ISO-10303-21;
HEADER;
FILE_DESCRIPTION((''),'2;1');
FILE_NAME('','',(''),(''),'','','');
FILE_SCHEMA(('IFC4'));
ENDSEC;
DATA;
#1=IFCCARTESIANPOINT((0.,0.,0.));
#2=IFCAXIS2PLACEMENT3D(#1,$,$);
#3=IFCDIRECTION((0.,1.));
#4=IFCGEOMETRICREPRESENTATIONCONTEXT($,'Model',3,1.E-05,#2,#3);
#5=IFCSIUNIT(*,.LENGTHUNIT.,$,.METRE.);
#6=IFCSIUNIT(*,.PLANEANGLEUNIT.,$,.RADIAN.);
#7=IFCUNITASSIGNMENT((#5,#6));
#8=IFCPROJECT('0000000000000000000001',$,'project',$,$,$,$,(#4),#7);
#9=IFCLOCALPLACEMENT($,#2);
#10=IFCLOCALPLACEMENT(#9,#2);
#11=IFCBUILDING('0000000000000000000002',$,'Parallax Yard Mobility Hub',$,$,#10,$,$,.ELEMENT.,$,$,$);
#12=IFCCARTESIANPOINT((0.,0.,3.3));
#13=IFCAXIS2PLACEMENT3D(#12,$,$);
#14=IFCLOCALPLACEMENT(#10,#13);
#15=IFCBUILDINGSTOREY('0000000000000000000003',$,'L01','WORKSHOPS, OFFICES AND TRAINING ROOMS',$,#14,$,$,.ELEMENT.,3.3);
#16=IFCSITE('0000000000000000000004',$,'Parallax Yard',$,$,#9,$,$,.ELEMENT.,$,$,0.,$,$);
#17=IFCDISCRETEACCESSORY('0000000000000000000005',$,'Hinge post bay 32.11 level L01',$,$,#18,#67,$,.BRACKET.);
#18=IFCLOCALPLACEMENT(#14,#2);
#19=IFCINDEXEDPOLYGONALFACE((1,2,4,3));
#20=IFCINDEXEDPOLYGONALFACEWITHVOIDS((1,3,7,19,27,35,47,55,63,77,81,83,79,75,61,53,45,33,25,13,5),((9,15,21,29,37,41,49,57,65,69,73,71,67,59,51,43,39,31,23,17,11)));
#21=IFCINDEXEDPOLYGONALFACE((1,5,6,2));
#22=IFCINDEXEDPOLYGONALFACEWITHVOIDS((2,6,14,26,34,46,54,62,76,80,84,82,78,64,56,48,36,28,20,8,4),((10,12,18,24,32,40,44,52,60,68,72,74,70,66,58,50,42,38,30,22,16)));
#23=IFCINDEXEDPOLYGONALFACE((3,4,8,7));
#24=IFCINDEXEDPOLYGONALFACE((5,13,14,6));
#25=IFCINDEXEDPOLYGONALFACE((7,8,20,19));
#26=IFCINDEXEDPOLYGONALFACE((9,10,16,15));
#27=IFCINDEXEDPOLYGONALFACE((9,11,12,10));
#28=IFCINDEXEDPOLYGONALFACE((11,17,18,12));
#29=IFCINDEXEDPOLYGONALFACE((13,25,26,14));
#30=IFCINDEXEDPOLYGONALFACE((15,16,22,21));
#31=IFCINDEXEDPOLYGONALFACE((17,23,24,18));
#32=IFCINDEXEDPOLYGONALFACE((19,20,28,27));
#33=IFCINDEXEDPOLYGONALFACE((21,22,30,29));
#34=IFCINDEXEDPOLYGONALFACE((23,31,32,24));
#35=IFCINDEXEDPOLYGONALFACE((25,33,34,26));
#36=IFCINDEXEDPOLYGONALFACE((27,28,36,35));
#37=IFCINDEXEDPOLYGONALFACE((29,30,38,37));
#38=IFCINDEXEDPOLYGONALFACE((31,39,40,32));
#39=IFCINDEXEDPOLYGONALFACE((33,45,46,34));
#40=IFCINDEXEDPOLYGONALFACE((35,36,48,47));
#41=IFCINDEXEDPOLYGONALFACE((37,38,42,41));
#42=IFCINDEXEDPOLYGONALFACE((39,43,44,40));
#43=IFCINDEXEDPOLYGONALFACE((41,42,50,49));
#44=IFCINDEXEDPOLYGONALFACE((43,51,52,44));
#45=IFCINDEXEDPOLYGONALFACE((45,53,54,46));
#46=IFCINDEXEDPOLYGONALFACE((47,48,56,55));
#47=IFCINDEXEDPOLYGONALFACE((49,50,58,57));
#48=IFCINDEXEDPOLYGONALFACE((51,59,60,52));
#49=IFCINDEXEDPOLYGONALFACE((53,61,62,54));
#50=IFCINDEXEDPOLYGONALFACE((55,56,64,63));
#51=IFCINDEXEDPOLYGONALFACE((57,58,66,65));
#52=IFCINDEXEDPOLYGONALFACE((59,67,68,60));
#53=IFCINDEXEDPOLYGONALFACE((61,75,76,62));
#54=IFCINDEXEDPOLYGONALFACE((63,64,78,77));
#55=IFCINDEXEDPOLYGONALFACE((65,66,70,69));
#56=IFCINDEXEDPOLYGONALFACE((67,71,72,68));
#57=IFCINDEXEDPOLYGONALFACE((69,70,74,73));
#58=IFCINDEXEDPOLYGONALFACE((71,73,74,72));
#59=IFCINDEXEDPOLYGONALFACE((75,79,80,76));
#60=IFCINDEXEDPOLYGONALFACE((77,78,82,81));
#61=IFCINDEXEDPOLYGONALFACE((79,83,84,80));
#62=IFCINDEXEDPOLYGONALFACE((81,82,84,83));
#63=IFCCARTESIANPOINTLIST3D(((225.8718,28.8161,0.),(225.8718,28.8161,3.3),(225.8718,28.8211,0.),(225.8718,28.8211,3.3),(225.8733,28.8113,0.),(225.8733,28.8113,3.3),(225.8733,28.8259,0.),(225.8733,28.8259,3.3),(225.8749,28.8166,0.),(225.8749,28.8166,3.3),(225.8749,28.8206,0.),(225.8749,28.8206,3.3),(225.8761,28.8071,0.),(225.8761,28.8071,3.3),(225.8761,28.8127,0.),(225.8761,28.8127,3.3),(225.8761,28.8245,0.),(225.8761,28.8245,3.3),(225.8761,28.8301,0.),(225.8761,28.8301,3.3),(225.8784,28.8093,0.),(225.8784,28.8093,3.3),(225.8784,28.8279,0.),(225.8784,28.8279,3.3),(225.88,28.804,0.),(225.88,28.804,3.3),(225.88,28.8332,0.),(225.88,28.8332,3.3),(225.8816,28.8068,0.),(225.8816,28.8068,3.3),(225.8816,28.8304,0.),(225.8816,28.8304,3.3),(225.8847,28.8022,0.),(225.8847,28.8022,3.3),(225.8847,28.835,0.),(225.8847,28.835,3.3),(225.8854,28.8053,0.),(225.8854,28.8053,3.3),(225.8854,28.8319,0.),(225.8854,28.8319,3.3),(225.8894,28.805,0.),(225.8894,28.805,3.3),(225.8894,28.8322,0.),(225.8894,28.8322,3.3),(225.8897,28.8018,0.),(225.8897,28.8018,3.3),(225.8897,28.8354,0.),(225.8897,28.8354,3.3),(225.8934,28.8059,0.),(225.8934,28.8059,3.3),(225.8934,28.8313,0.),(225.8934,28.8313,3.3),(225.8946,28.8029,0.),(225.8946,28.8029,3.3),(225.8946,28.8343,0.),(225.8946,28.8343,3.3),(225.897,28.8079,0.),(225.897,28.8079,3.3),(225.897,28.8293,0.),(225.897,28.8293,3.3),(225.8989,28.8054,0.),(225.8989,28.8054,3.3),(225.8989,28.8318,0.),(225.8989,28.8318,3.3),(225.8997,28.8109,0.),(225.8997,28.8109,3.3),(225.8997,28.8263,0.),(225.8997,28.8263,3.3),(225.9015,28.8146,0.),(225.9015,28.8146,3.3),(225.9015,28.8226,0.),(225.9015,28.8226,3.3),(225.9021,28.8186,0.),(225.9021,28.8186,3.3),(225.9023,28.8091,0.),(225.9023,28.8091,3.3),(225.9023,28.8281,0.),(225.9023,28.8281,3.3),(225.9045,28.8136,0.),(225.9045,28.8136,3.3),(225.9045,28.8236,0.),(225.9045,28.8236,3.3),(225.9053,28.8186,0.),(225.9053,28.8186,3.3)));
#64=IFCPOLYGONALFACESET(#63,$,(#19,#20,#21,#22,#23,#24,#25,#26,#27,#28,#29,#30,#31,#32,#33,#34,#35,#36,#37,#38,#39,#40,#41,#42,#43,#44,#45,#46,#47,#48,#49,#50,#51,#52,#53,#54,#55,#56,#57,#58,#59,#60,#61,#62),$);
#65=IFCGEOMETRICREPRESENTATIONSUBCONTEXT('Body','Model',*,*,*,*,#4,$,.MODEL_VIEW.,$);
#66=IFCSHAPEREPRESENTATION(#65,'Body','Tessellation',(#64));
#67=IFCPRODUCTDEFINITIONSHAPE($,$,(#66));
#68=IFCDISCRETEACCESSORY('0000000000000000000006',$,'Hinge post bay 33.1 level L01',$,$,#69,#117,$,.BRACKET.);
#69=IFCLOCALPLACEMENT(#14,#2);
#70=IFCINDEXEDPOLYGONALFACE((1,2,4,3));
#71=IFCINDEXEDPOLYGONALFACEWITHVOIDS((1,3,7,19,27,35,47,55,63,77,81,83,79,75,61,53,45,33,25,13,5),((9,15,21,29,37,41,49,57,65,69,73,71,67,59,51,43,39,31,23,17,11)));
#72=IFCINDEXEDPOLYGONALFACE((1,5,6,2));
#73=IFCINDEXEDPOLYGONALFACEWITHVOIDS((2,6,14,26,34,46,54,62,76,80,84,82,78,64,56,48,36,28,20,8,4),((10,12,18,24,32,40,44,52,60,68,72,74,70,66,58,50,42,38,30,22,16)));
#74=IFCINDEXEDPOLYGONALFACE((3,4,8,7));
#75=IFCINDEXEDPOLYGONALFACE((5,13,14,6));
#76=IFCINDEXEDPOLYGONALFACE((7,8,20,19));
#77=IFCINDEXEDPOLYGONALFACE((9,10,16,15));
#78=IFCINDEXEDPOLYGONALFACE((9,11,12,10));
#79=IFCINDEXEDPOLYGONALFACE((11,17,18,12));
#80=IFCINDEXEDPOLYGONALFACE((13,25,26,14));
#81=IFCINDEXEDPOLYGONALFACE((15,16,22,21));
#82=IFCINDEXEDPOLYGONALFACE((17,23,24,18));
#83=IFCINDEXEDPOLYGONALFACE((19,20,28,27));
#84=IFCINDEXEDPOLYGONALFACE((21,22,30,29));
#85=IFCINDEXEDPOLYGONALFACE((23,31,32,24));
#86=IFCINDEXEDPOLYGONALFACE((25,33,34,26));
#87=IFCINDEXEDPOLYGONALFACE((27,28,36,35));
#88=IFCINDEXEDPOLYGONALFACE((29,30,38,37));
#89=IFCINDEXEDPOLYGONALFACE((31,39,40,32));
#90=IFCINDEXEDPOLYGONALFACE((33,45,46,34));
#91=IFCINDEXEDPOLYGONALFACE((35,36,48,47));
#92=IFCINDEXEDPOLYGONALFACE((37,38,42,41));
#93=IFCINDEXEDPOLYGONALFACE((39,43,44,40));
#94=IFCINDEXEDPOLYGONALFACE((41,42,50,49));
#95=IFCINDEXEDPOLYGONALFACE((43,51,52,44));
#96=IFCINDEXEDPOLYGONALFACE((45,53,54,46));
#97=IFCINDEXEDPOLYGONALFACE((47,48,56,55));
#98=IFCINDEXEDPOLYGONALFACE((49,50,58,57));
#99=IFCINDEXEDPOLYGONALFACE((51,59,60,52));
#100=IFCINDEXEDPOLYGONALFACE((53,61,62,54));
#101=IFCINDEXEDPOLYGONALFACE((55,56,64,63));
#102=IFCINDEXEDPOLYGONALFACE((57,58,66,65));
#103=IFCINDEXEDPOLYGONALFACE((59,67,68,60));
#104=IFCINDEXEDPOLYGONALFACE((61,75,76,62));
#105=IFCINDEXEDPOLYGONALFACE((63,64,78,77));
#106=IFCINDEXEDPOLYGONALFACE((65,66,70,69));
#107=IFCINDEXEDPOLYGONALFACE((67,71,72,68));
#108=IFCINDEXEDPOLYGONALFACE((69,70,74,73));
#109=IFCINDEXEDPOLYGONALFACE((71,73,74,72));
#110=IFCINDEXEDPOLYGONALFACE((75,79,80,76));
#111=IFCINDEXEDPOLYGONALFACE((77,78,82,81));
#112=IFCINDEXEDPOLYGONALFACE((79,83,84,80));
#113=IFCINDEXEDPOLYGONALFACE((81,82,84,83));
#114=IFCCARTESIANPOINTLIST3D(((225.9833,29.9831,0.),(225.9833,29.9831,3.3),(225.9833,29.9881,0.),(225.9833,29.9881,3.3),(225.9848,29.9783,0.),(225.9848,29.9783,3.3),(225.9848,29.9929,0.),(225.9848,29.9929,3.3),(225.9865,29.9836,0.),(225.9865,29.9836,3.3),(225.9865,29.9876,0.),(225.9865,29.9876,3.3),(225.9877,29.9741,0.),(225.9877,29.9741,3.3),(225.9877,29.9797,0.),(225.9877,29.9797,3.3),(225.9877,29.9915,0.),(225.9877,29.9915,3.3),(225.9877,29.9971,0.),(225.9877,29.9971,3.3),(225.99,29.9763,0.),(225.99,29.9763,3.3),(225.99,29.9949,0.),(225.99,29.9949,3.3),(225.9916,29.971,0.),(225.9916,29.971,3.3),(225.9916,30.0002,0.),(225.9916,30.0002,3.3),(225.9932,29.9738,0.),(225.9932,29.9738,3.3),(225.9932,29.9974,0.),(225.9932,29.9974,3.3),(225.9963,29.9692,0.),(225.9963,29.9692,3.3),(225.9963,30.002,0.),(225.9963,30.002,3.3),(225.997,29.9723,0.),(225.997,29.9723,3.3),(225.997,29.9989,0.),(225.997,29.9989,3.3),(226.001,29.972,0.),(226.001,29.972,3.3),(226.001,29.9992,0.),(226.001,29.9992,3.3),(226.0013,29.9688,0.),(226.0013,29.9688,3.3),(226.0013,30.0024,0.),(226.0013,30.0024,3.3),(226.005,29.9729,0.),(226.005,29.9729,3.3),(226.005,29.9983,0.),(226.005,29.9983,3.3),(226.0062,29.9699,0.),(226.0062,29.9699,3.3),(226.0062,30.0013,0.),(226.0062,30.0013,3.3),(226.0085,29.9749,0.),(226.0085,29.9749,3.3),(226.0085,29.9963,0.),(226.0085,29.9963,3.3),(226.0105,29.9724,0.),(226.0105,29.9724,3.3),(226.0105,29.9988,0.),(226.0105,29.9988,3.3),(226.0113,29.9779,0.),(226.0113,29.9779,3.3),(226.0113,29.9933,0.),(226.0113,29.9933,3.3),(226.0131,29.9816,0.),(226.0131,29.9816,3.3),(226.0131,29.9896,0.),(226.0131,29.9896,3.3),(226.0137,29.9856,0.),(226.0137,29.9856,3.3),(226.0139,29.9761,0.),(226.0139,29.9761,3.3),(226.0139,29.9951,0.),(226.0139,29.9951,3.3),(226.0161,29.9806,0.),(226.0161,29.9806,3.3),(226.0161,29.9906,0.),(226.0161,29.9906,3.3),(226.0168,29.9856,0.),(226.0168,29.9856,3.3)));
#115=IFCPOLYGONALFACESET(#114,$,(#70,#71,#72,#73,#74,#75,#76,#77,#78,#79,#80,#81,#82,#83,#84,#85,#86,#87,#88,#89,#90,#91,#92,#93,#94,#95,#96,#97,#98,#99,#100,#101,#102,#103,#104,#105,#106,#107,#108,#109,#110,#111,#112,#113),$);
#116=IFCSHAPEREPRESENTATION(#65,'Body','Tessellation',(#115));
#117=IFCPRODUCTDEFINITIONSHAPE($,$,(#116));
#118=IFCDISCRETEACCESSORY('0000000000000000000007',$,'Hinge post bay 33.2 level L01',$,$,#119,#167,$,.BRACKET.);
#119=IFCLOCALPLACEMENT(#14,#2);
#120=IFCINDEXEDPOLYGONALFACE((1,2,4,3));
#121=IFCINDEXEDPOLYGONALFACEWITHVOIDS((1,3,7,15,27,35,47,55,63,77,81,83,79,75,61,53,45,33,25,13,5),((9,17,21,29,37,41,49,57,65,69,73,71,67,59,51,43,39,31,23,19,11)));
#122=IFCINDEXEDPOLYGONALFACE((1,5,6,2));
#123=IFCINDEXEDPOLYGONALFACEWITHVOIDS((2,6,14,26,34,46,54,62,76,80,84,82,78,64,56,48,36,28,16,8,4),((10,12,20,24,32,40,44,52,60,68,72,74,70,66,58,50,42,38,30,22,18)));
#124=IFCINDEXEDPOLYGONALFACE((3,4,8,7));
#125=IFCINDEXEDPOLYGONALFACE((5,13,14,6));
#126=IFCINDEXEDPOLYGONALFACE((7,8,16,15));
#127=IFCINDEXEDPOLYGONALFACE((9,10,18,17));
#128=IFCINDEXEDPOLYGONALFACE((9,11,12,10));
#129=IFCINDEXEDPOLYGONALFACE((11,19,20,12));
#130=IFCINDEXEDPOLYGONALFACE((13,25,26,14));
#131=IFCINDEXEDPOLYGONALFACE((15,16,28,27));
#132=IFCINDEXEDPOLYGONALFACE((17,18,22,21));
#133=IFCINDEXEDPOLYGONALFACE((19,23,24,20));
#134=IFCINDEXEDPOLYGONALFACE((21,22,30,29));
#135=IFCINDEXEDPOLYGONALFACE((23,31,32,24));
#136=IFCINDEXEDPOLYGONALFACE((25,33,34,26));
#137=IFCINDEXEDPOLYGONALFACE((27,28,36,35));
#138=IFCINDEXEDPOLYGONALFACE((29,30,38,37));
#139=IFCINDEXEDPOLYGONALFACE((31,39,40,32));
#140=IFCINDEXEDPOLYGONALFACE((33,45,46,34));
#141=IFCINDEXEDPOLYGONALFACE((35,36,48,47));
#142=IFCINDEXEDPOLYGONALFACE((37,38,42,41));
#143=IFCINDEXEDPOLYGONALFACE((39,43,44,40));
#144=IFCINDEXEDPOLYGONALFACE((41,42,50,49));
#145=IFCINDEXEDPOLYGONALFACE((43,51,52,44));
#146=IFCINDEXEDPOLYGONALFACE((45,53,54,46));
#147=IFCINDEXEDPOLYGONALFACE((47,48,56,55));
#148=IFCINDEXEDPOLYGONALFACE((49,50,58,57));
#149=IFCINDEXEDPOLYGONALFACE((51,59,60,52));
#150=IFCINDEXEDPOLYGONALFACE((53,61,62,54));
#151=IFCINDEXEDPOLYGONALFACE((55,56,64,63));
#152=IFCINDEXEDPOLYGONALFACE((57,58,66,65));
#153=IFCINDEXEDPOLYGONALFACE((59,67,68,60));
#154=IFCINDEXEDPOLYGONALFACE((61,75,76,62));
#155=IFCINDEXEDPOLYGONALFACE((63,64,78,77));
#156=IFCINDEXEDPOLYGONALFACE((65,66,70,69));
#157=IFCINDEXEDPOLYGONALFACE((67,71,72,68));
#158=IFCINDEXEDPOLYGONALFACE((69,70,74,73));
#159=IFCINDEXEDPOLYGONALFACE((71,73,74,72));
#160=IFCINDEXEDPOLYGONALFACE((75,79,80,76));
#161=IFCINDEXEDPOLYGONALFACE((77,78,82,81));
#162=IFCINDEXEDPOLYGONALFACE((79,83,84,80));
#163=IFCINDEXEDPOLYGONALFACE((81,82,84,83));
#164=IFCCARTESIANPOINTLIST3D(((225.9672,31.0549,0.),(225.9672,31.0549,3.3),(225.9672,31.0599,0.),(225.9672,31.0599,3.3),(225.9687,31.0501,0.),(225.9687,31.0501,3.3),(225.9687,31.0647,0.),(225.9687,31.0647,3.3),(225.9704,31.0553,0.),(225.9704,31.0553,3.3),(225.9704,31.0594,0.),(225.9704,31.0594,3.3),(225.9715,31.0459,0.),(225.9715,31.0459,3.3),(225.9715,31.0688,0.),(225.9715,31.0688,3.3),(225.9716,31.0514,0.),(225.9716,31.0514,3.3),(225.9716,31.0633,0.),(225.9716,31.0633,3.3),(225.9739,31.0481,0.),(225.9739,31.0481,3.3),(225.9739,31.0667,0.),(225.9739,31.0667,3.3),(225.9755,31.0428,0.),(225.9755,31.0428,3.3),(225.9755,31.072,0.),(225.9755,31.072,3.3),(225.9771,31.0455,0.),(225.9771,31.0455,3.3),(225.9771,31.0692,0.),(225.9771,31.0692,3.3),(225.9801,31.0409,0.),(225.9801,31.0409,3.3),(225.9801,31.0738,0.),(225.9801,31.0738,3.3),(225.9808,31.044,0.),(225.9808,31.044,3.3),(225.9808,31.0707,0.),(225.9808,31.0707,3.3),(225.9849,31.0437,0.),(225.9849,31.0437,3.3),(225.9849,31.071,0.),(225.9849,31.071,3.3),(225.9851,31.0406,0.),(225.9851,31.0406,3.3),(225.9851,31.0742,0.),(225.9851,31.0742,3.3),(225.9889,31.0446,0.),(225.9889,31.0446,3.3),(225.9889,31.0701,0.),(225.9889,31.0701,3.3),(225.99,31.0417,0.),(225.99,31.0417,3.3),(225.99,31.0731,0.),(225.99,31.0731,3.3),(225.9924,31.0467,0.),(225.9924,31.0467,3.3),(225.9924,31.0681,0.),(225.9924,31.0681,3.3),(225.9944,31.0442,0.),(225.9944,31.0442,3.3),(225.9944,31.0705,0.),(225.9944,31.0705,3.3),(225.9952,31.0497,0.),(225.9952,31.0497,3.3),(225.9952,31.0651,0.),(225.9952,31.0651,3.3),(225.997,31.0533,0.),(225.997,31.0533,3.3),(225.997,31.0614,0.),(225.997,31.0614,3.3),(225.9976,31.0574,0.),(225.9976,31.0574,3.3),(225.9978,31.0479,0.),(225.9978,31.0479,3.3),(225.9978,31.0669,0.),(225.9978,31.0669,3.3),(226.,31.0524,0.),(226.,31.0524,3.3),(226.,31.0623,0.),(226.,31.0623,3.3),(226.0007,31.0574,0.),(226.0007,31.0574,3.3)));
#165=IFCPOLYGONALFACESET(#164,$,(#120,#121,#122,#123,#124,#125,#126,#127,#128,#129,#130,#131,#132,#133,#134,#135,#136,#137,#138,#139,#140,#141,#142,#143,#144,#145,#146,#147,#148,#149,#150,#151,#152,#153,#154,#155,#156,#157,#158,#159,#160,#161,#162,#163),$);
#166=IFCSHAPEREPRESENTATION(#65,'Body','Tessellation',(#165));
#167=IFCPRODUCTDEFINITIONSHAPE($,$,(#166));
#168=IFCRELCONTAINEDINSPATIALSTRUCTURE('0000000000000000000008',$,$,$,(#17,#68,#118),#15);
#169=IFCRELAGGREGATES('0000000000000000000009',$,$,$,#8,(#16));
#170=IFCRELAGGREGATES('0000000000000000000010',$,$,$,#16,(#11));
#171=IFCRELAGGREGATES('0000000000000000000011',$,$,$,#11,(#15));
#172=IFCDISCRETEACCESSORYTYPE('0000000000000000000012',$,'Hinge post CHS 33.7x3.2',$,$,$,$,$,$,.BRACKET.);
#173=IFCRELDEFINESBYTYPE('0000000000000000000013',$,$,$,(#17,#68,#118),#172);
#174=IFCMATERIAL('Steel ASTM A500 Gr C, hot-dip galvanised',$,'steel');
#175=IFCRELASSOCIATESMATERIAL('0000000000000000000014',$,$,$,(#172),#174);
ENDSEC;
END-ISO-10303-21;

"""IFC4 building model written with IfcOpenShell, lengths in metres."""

from ifc_helpers import new_model, si_unit, direction, frame, origin, origin_2d, place, context, subcontext, project, spatial, hollow_circle, extrude, material, material_profile, profile_set, type_object, element, save


model = new_model("IFC4")

# Units and contexts
model_context = context("Model", 3, precision=1e-05, world=origin(), true_north=direction((0.0, 1.0)))
body_context = subcontext(model_context, "Body", "Model", "MODEL_VIEW")
ifc_project = project(units=[si_unit("LENGTHUNIT", "METRE"), si_unit("PLANEANGLEUNIT", "RADIAN")], contexts=[model_context])

# Site, building, storey
site_placement = place(None, origin())
site = spatial("IfcSite", under=ifc_project, at=site_placement, Name="Parallax Yard", CompositionType="ELEMENT", RefElevation=0.0)
building_placement = place(site_placement, origin())
building = spatial("IfcBuilding", under=site, at=building_placement, Name="Parallax Yard Mobility Hub", CompositionType="ELEMENT")
storey_placement = place(building_placement, frame((0.0, 0.0, 3.3)))
storey = spatial("IfcBuildingStorey", under=building, at=storey_placement, Name="L01", Description="WORKSHOPS, OFFICES AND TRAINING ROOMS", CompositionType="ELEMENT", Elevation=3.3)

# Discrete accessories
ifc_material_1 = material(Name="Steel ASTM A500 Gr C, hot-dip galvanised", Category="steel")
ifc_material_profile = material_profile(ifc_material_1, hollow_circle(Radius=0.0168, WallThickness=0.0032, at=origin_2d()), Name="CHS 33.7x3.2")
ifc_profile_set = profile_set([ifc_material_profile], Name="Steel ASTM A500 Gr C, hot-dip galvanised")
discrete_accessory_type_1 = type_object("IfcDiscreteAccessoryType", Name="Hinge post CHS 33.7x3.2", PredefinedType="BRACKET", material=ifc_profile_set)
for number, where, z_axis, x_axis, name in (
    (1, (225.8884, 28.8186, 0.0), (0.0, 0.0, 1.0), (1.0, 0.0, 0.0), "Hinge post bay 32.11 level L01"),
    (2, (226.0, 29.9856, 0.0), (0.0, 0.0, 1.0), (1.0, 0.0, 0.0), "Hinge post bay 33.1 level L01"),
    (3, (225.9839, 31.0574, 0.0), (0.0, 0.0, 1.0), (1.0, 0.0, 0.0), "Hinge post bay 33.2 level L01"),
):
    element("IfcDiscreteAccessory", number, at=place(storey_placement, frame(where, z_axis=z_axis, x_axis=x_axis)), inside=storey, type_object=discrete_accessory_type_1, Name=name, PredefinedType="BRACKET", context=body_context, shape_type="SweptSolid", body=[
        extrude(hollow_circle(Radius=0.0168, WallThickness=0.0032, at=origin_2d()), origin(), (0.0, 0.0, 1.0), 3.3),
    ])

save(model, "model.ifc")
